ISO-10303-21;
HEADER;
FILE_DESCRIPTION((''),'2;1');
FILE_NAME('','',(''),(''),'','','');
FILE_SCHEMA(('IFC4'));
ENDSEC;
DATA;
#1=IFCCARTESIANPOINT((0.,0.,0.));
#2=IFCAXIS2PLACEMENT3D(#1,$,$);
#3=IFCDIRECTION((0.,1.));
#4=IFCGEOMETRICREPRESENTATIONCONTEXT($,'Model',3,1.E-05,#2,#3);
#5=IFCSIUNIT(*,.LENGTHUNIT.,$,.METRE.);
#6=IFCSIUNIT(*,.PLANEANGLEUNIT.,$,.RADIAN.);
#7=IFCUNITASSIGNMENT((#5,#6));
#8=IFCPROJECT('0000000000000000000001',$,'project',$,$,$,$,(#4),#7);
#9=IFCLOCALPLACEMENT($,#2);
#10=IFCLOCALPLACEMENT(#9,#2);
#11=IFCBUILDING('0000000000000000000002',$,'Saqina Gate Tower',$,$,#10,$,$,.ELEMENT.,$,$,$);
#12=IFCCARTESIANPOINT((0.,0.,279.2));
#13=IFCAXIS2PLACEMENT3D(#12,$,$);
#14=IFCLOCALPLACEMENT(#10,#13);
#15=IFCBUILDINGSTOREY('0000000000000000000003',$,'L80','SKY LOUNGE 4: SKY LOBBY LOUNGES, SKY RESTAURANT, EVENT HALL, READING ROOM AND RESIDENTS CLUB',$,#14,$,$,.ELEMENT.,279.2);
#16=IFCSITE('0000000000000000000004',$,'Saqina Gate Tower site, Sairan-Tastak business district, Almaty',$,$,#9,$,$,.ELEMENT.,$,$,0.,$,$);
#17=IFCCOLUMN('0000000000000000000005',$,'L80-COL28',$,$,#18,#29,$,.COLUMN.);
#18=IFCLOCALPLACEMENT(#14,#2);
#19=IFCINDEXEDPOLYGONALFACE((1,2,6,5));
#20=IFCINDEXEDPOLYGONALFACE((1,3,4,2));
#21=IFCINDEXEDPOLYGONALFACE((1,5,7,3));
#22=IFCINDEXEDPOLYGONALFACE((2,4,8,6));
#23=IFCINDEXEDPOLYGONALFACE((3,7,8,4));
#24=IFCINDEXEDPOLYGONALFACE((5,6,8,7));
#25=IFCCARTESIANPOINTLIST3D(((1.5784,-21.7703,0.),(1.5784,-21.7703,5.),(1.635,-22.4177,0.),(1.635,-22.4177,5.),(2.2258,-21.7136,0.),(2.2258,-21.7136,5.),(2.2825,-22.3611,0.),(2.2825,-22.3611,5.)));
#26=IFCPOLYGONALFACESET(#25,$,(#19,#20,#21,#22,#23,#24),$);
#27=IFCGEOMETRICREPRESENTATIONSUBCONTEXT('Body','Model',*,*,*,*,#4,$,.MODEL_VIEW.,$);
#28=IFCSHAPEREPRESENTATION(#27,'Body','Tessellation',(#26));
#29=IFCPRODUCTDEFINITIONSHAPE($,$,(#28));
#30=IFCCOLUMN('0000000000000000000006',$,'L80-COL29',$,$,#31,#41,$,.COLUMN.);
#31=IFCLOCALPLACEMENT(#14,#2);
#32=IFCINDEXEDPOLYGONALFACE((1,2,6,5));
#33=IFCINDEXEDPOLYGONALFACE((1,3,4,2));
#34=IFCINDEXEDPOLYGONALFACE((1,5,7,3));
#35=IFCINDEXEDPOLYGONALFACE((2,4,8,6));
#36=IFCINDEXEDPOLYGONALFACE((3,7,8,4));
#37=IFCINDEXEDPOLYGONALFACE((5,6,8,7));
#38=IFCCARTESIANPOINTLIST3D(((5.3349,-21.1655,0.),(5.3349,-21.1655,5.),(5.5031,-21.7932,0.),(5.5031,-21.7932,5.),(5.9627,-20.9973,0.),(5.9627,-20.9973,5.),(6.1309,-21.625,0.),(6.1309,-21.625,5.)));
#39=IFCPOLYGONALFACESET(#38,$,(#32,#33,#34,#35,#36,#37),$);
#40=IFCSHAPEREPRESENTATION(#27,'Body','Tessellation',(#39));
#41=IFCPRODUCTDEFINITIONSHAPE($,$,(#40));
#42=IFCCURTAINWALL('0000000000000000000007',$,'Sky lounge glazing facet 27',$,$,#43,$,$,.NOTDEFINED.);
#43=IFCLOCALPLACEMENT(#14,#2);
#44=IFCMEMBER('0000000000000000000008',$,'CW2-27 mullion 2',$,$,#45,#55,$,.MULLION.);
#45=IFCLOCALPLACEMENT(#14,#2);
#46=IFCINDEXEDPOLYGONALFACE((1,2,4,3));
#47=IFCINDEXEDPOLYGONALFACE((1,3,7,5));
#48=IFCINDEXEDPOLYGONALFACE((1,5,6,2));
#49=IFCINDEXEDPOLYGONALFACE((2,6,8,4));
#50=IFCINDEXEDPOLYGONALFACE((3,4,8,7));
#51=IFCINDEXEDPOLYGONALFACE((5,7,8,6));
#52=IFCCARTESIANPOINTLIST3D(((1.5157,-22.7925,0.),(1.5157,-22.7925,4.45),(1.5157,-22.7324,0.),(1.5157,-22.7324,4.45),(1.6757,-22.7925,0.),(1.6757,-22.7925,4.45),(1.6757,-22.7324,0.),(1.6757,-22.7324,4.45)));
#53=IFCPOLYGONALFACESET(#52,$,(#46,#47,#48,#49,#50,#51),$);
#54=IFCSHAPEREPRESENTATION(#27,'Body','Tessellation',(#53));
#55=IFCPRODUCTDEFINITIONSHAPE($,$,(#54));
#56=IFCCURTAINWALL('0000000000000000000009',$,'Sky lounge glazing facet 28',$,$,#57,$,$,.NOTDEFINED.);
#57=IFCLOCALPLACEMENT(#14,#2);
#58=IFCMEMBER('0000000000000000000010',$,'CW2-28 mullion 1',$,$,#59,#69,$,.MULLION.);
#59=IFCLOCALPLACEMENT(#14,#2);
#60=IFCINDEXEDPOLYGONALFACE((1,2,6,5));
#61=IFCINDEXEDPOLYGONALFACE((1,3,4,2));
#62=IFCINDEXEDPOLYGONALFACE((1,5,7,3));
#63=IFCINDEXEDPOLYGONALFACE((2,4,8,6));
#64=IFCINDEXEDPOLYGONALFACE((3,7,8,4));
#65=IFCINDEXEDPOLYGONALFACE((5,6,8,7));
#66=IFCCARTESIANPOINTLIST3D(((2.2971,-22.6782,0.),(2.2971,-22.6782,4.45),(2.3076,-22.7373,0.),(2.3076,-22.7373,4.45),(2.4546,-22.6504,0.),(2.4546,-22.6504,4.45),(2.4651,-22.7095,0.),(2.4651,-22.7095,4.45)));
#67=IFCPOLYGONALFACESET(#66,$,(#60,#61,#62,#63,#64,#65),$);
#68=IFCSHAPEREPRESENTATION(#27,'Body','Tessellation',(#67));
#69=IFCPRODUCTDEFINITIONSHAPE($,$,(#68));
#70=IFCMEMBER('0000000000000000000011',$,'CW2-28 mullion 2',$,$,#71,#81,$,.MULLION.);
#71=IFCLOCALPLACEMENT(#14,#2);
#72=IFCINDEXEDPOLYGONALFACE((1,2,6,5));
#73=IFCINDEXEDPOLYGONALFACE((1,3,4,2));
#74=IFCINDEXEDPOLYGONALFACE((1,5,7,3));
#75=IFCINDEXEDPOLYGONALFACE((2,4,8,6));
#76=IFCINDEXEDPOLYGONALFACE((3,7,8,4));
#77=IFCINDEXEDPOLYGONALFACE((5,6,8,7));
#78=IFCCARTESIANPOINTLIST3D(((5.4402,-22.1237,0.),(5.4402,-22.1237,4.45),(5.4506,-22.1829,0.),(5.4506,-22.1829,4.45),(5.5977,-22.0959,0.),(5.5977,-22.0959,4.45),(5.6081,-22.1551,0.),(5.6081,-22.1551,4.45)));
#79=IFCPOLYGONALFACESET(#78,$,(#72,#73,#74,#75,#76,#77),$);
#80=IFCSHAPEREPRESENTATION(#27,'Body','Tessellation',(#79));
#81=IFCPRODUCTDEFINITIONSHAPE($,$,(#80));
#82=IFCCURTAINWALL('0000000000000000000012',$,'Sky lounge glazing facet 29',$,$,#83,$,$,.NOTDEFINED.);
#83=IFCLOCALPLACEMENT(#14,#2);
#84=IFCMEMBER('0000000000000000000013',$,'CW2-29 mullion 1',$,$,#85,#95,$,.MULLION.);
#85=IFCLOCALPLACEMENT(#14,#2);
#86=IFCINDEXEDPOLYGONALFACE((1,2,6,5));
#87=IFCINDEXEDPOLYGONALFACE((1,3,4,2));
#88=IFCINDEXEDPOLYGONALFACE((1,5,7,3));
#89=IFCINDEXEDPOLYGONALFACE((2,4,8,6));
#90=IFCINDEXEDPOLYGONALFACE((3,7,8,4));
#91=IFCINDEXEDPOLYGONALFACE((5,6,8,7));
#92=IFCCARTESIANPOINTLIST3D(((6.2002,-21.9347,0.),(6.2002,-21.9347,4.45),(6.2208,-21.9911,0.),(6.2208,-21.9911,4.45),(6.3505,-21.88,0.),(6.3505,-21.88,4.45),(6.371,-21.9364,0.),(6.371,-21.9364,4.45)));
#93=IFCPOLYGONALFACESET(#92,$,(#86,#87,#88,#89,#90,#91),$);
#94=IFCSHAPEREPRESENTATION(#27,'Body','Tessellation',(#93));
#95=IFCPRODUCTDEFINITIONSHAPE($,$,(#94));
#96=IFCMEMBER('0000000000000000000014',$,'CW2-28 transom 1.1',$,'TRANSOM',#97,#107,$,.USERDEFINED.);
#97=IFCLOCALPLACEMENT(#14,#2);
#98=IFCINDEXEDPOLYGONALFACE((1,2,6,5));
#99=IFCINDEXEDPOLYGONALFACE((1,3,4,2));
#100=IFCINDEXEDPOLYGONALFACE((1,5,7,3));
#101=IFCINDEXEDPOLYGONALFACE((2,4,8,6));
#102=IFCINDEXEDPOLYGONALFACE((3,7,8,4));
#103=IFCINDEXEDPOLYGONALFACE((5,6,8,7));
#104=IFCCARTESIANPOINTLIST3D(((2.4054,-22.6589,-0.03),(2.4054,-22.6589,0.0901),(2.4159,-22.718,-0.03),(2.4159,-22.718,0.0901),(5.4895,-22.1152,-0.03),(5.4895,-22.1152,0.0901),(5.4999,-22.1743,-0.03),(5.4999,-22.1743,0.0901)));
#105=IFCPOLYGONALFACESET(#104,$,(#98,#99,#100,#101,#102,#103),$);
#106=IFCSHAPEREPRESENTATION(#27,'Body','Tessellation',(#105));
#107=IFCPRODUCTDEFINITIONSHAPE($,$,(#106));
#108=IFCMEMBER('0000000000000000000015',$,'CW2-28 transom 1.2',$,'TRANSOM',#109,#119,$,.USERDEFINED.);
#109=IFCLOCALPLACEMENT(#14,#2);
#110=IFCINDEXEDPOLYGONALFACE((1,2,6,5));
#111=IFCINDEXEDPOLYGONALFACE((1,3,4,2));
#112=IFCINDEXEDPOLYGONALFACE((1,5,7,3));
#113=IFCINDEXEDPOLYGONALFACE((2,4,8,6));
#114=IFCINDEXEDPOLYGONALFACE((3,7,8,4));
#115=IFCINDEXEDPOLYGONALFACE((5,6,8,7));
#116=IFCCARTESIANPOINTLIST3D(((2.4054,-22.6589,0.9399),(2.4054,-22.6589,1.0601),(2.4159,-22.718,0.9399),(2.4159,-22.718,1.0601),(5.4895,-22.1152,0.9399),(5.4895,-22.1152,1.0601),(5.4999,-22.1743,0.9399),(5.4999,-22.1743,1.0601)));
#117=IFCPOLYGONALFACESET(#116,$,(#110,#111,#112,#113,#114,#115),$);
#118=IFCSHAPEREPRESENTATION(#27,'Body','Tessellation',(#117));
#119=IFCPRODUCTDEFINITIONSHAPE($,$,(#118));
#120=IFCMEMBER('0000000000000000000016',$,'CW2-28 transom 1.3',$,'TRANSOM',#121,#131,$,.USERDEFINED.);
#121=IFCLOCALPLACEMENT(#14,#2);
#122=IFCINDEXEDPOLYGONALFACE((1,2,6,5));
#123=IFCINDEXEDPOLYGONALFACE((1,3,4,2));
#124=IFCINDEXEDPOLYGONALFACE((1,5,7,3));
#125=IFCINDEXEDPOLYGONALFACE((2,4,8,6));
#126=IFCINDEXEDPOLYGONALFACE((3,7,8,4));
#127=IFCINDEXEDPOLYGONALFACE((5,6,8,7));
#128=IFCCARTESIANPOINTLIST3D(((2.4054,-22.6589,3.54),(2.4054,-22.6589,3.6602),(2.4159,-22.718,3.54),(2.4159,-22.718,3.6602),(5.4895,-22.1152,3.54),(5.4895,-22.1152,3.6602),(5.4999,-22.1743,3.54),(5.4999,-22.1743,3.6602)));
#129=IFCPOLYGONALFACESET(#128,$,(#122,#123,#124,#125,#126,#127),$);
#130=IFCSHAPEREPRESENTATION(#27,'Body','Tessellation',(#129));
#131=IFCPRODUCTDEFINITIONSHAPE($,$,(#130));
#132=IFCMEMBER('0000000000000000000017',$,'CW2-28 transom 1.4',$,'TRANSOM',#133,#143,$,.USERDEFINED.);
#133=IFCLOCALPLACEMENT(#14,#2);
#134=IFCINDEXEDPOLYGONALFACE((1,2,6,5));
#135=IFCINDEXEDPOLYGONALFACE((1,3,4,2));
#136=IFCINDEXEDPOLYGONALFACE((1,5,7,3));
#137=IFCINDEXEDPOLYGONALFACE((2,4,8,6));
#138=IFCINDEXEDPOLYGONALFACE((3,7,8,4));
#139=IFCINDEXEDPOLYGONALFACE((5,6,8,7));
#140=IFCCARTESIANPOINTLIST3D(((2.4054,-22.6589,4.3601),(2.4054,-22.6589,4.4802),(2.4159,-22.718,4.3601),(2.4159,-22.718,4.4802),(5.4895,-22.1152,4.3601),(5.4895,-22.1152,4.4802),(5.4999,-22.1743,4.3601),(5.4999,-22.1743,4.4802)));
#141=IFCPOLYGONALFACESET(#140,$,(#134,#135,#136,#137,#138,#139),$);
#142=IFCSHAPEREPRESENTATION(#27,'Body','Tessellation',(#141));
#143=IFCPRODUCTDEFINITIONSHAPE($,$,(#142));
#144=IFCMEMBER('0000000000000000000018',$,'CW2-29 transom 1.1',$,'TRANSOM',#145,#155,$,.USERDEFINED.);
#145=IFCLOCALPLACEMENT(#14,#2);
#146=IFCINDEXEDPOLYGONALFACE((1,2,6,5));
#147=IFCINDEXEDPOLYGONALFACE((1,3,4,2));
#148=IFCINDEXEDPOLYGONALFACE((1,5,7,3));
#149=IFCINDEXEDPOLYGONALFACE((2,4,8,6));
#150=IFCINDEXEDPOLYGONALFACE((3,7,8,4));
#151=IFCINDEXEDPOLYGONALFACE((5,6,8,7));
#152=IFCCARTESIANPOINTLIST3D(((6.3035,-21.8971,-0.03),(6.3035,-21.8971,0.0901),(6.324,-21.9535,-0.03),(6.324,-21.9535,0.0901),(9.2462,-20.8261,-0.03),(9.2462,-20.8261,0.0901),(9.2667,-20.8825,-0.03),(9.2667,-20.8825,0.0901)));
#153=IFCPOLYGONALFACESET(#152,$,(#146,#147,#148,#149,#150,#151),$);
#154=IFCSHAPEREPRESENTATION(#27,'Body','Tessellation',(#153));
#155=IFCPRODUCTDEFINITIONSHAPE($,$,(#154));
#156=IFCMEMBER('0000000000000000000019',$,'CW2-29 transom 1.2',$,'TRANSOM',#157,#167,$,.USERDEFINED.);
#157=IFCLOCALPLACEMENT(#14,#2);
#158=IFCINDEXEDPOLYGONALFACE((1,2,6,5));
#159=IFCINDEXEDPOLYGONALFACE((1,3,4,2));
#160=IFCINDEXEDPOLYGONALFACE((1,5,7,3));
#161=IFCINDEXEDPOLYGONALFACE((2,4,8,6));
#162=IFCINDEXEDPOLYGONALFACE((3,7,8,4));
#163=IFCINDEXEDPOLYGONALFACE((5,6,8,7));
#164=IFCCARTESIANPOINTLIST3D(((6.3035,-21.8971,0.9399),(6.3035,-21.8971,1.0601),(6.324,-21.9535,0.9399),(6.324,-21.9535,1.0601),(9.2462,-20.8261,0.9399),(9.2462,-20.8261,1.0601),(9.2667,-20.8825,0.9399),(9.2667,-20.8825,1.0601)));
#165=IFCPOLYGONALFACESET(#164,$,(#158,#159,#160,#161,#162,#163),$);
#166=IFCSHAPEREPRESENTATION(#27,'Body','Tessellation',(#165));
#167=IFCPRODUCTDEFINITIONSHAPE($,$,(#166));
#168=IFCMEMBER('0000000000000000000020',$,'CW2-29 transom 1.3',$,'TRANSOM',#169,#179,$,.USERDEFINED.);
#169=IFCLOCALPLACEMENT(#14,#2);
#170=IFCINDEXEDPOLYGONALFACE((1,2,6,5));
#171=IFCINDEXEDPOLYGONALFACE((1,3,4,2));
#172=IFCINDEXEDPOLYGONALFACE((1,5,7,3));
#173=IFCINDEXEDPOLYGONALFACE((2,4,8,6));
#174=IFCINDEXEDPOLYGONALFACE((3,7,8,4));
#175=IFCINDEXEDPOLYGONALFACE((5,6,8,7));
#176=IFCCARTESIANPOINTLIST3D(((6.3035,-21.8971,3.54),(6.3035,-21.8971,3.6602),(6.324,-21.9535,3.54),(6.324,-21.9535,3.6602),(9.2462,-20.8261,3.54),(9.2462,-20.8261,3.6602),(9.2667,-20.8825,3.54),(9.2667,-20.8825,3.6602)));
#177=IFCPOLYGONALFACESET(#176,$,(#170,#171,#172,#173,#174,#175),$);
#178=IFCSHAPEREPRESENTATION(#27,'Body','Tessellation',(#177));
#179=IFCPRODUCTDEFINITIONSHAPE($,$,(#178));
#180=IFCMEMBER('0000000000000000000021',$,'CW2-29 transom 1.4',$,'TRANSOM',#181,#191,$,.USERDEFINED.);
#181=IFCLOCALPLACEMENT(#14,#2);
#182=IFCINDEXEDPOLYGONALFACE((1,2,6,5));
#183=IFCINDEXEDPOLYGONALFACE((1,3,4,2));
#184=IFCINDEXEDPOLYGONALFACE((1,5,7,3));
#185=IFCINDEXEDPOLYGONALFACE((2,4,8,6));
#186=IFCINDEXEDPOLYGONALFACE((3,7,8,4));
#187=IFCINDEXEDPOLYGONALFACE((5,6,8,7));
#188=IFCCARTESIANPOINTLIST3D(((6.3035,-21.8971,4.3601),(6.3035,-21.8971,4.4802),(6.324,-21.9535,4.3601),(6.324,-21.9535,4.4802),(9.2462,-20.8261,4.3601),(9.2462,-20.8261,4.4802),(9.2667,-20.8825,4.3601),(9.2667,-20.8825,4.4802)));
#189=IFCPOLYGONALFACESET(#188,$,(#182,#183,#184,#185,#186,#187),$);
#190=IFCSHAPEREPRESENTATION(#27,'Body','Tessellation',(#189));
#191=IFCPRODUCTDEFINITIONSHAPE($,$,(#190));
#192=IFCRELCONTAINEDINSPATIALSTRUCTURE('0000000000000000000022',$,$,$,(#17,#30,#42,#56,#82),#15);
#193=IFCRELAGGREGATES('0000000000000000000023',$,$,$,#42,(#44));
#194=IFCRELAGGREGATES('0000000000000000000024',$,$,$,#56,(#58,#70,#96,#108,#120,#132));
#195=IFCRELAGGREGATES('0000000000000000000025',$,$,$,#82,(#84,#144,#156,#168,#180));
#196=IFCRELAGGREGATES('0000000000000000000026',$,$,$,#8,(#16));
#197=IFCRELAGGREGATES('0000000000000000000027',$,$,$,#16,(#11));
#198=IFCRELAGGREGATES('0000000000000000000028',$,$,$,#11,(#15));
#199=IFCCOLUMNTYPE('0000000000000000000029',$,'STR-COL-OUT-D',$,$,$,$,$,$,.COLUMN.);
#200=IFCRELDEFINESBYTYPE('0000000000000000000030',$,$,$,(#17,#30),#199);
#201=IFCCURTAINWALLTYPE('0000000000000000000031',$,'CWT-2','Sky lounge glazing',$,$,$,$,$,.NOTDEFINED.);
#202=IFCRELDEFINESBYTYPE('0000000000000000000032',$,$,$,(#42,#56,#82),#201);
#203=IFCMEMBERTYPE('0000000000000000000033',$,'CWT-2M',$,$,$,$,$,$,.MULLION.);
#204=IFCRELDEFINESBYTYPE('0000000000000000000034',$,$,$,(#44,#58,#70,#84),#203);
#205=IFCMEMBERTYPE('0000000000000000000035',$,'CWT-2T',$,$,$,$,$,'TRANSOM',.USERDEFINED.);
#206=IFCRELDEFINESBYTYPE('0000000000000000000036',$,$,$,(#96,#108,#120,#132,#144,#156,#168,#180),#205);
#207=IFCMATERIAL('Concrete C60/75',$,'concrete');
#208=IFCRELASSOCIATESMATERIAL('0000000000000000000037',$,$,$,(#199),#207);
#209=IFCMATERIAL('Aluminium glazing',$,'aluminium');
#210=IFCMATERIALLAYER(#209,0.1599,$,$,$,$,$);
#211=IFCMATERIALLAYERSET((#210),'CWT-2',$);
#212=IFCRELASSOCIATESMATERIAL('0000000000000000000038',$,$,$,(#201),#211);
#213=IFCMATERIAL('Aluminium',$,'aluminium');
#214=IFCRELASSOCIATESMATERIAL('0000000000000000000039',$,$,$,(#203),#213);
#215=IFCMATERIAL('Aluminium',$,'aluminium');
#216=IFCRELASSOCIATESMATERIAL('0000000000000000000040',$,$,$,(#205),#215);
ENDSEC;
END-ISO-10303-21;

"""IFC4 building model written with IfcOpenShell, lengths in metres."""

from ifc_helpers import new_model, si_unit, direction, frame, origin, origin_2d, place, context, subcontext, project, spatial, rectangle, extrude, material, layer, layer_set, material_profile, profile_set, type_object, element, aggregate, save


model = new_model("IFC4")

# Units and contexts
model_context = context("Model", 3, precision=1e-05, world=origin(), true_north=direction((0.0, 1.0)))
body_context = subcontext(model_context, "Body", "Model", "MODEL_VIEW")
ifc_project = project(units=[si_unit("LENGTHUNIT", "METRE"), si_unit("PLANEANGLEUNIT", "RADIAN")], contexts=[model_context])

# Site, building, storey
site_placement = place(None, origin())
site = spatial("IfcSite", under=ifc_project, at=site_placement, Name="Saqina Gate Tower site, Sairan-Tastak business district, Almaty", CompositionType="ELEMENT", RefElevation=0.0)
building_placement = place(site_placement, origin())
building = spatial("IfcBuilding", under=site, at=building_placement, Name="Saqina Gate Tower", CompositionType="ELEMENT")
storey_placement = place(building_placement, frame((0.0, 0.0, 279.2)))
storey = spatial("IfcBuildingStorey", under=building, at=storey_placement, Name="L80", Description="SKY LOUNGE 4: SKY LOBBY LOUNGES, SKY RESTAURANT, EVENT HALL, READING ROOM AND RESIDENTS CLUB", CompositionType="ELEMENT", Elevation=279.2)

# Columns
ifc_material_1 = material(Name="Concrete C60/75", Category="concrete")
ifc_material_profile_1 = material_profile(ifc_material_1, rectangle(XDim=0.6499, YDim=0.6499, at=origin_2d()), Name="RC 650x650")
ifc_profile_set_1 = profile_set([ifc_material_profile_1], Name="Concrete C60/75")
column_type = type_object("IfcColumnType", Name="STR-COL-OUT-D", PredefinedType="COLUMN", material=ifc_profile_set_1)
for number, where, z_axis, x_axis, name in (
    (1, (1.9304, -22.0657, 0.0), (0.0, 0.0, 1.0), (0.087156, -0.996195, 0.0), "L80-COL28"),
    (2, (5.7329, -21.3953, 0.0), (0.0, 0.0, 1.0), (0.258819, -0.965926, 0.0), "L80-COL29"),
):
    element("IfcColumn", number, at=place(storey_placement, frame(where, z_axis=z_axis, x_axis=x_axis)), inside=storey, type_object=column_type, Name=name, PredefinedType="COLUMN", context=body_context, shape_type="SweptSolid", body=[
        extrude(rectangle(XDim=0.6499, YDim=0.6499, at=origin_2d()), origin(), (0.0, 0.0, 1.0), 5.0),
    ])

# Curtain wall, member
ifc_material_2 = material(Name="Aluminium glazing", Category="aluminium")
ifc_layer_1 = layer(ifc_material_2, 0.1599)
ifc_layer_set_1 = layer_set([ifc_layer_1], Name="CWT-2")
curtain_wall_type = type_object("IfcCurtainWallType", Name="CWT-2", Description="Sky lounge glazing", PredefinedType="NOTDEFINED", material=ifc_layer_set_1)
curtain_wall_1_placement = place(storey_placement, origin())
curtain_wall_1 = element("IfcCurtainWall", 3, at=curtain_wall_1_placement, inside=storey, type_object=curtain_wall_type, Name="Sky lounge glazing facet 27", PredefinedType="NOTDEFINED")
ifc_material_3 = material(Name="Aluminium", Category="aluminium")
ifc_material_profile_2 = material_profile(ifc_material_3, rectangle(XDim=0.0601, YDim=0.1599, at=origin_2d()), Name="Aluminium 60x160")
ifc_profile_set_2 = profile_set([ifc_material_profile_2], Name="Aluminium")
member_type_1 = type_object("IfcMemberType", Name="CWT-2M", PredefinedType="MULLION", material=ifc_profile_set_2)
member_1_placement = place(storey_placement, frame((1.5957, -22.7625, 0.0), z_axis=(0.0, 0.0, 1.0), x_axis=(0.0, 1.0, 0.0)))
member_1 = element("IfcMember", 4, at=member_1_placement, type_object=member_type_1, Name="CW2-27 mullion 2", PredefinedType="MULLION", context=body_context, shape_type="SweptSolid", body=[
    extrude(rectangle(XDim=0.0601, YDim=0.1599, at=origin_2d()), origin(), (0.0, 0.0, 1.0), 4.45),
])
aggregate(curtain_wall_1, [member_1])

# Curtain wall, members
curtain_wall_2_placement = place(storey_placement, origin())
curtain_wall_2 = element("IfcCurtainWall", 5, at=curtain_wall_2_placement, inside=storey, type_object=curtain_wall_type, Name="Sky lounge glazing facet 28", PredefinedType="NOTDEFINED")
member_2_placement = place(storey_placement, frame((2.3811, -22.6938, 0.0), z_axis=(0.0, 0.0, 1.0), x_axis=(-0.173663, 0.984805, 0.0)))
member_2 = element("IfcMember", 6, at=member_2_placement, type_object=member_type_1, Name="CW2-28 mullion 1", PredefinedType="MULLION", context=body_context, shape_type="SweptSolid", body=[
    extrude(rectangle(XDim=0.0601, YDim=0.1599, at=origin_2d()), origin(), (0.0, 0.0, 1.0), 4.45),
])
member_3_placement = place(storey_placement, frame((5.5242, -22.1394, 0.0), z_axis=(0.0, 0.0, 1.0), x_axis=(-0.173663, 0.984805, 0.0)))
member_3 = element("IfcMember", 7, at=member_3_placement, type_object=member_type_1, Name="CW2-28 mullion 2", PredefinedType="MULLION", context=body_context, shape_type="SweptSolid", body=[
    extrude(rectangle(XDim=0.0601, YDim=0.1599, at=origin_2d()), origin(), (0.0, 0.0, 1.0), 4.45),
])

# Curtain wall, member
curtain_wall_3_placement = place(storey_placement, origin())
curtain_wall_3 = element("IfcCurtainWall", 8, at=curtain_wall_3_placement, inside=storey, type_object=curtain_wall_type, Name="Sky lounge glazing facet 29", PredefinedType="NOTDEFINED")
member_4_placement = place(storey_placement, frame((6.2856, -21.9355, 0.0), z_axis=(0.0, 0.0, 1.0), x_axis=(-0.342007, 0.939697, 0.0)))
member_4 = element("IfcMember", 9, at=member_4_placement, type_object=member_type_1, Name="CW2-29 mullion 1", PredefinedType="MULLION", context=body_context, shape_type="SweptSolid", body=[
    extrude(rectangle(XDim=0.0601, YDim=0.1599, at=origin_2d()), origin(), (0.0, 0.0, 1.0), 4.45),
])

# Members
ifc_material_4 = material(Name="Aluminium", Category="aluminium")
ifc_material_profile_3 = material_profile(ifc_material_4, rectangle(XDim=0.0601, YDim=0.1201, at=origin_2d()), Name="Aluminium 60x120")
ifc_profile_set_3 = profile_set([ifc_material_profile_3], Name="Aluminium")
member_type_2 = type_object("IfcMemberType", Name="CWT-2T", ElementType="TRANSOM", PredefinedType="USERDEFINED", material=ifc_profile_set_3)
member_5_placement = place(storey_placement, frame((2.4106, -22.6885, 0.03), z_axis=(0.984813, 0.173621, 0.0), x_axis=(-0.173621, 0.984813, 0.0)))
member_5 = element("IfcMember", 10, at=member_5_placement, type_object=member_type_2, Name="CW2-28 transom 1.1", ObjectType="TRANSOM", PredefinedType="USERDEFINED", context=body_context, shape_type="SweptSolid", body=[
    extrude(rectangle(XDim=0.0601, YDim=0.1201, at=origin_2d()), origin(), (0.0, 0.0, 1.0), 3.1316),
])
member_6_placement = place(storey_placement, frame((2.4106, -22.6885, 1.0), z_axis=(0.984813, 0.173621, 0.0), x_axis=(-0.173621, 0.984813, 0.0)))
member_6 = element("IfcMember", 11, at=member_6_placement, type_object=member_type_2, Name="CW2-28 transom 1.2", ObjectType="TRANSOM", PredefinedType="USERDEFINED", context=body_context, shape_type="SweptSolid", body=[
    extrude(rectangle(XDim=0.0601, YDim=0.1201, at=origin_2d()), origin(), (0.0, 0.0, 1.0), 3.1316),
])
member_7_placement = place(storey_placement, frame((2.4106, -22.6885, 3.6001), z_axis=(0.984813, 0.173621, 0.0), x_axis=(-0.173621, 0.984813, 0.0)))
member_7 = element("IfcMember", 12, at=member_7_placement, type_object=member_type_2, Name="CW2-28 transom 1.3", ObjectType="TRANSOM", PredefinedType="USERDEFINED", context=body_context, shape_type="SweptSolid", body=[
    extrude(rectangle(XDim=0.0601, YDim=0.1201, at=origin_2d()), origin(), (0.0, 0.0, 1.0), 3.1316),
])
member_8_placement = place(storey_placement, frame((2.4106, -22.6885, 4.4202), z_axis=(0.984813, 0.173621, 0.0), x_axis=(-0.173621, 0.984813, 0.0)))
member_8 = element("IfcMember", 13, at=member_8_placement, type_object=member_type_2, Name="CW2-28 transom 1.4", ObjectType="TRANSOM", PredefinedType="USERDEFINED", context=body_context, shape_type="SweptSolid", body=[
    extrude(rectangle(XDim=0.0601, YDim=0.1201, at=origin_2d()), origin(), (0.0, 0.0, 1.0), 3.1316),
])
member_9_placement = place(storey_placement, frame((6.3137, -21.9253, 0.03), z_axis=(0.9397, 0.342, 0.0), x_axis=(-0.342, 0.9397, 0.0)))
member_9 = element("IfcMember", 14, at=member_9_placement, type_object=member_type_2, Name="CW2-29 transom 1.1", ObjectType="TRANSOM", PredefinedType="USERDEFINED", context=body_context, shape_type="SweptSolid", body=[
    extrude(rectangle(XDim=0.0601, YDim=0.1201, at=origin_2d()), origin(), (0.0, 0.0, 1.0), 3.1316),
])
member_10_placement = place(storey_placement, frame((6.3137, -21.9253, 1.0), z_axis=(0.9397, 0.342, 0.0), x_axis=(-0.342, 0.9397, 0.0)))
member_10 = element("IfcMember", 15, at=member_10_placement, type_object=member_type_2, Name="CW2-29 transom 1.2", ObjectType="TRANSOM", PredefinedType="USERDEFINED", context=body_context, shape_type="SweptSolid", body=[
    extrude(rectangle(XDim=0.0601, YDim=0.1201, at=origin_2d()), origin(), (0.0, 0.0, 1.0), 3.1316),
])
member_11_placement = place(storey_placement, frame((6.3137, -21.9253, 3.6001), z_axis=(0.9397, 0.342, 0.0), x_axis=(-0.342, 0.9397, 0.0)))
member_11 = element("IfcMember", 16, at=member_11_placement, type_object=member_type_2, Name="CW2-29 transom 1.3", ObjectType="TRANSOM", PredefinedType="USERDEFINED", context=body_context, shape_type="SweptSolid", body=[
    extrude(rectangle(XDim=0.0601, YDim=0.1201, at=origin_2d()), origin(), (0.0, 0.0, 1.0), 3.1316),
])
member_12_placement = place(storey_placement, frame((6.3137, -21.9253, 4.4202), z_axis=(0.9397, 0.342, 0.0), x_axis=(-0.342, 0.9397, 0.0)))
member_12 = element("IfcMember", 17, at=member_12_placement, type_object=member_type_2, Name="CW2-29 transom 1.4", ObjectType="TRANSOM", PredefinedType="USERDEFINED", context=body_context, shape_type="SweptSolid", body=[
    extrude(rectangle(XDim=0.0601, YDim=0.1201, at=origin_2d()), origin(), (0.0, 0.0, 1.0), 3.1316),
])

aggregate(curtain_wall_2, [member_2, member_3, member_5, member_6, member_7, member_8])
aggregate(curtain_wall_3, [member_4, member_9, member_10, member_11, member_12])

save(model, "model.ifc")
